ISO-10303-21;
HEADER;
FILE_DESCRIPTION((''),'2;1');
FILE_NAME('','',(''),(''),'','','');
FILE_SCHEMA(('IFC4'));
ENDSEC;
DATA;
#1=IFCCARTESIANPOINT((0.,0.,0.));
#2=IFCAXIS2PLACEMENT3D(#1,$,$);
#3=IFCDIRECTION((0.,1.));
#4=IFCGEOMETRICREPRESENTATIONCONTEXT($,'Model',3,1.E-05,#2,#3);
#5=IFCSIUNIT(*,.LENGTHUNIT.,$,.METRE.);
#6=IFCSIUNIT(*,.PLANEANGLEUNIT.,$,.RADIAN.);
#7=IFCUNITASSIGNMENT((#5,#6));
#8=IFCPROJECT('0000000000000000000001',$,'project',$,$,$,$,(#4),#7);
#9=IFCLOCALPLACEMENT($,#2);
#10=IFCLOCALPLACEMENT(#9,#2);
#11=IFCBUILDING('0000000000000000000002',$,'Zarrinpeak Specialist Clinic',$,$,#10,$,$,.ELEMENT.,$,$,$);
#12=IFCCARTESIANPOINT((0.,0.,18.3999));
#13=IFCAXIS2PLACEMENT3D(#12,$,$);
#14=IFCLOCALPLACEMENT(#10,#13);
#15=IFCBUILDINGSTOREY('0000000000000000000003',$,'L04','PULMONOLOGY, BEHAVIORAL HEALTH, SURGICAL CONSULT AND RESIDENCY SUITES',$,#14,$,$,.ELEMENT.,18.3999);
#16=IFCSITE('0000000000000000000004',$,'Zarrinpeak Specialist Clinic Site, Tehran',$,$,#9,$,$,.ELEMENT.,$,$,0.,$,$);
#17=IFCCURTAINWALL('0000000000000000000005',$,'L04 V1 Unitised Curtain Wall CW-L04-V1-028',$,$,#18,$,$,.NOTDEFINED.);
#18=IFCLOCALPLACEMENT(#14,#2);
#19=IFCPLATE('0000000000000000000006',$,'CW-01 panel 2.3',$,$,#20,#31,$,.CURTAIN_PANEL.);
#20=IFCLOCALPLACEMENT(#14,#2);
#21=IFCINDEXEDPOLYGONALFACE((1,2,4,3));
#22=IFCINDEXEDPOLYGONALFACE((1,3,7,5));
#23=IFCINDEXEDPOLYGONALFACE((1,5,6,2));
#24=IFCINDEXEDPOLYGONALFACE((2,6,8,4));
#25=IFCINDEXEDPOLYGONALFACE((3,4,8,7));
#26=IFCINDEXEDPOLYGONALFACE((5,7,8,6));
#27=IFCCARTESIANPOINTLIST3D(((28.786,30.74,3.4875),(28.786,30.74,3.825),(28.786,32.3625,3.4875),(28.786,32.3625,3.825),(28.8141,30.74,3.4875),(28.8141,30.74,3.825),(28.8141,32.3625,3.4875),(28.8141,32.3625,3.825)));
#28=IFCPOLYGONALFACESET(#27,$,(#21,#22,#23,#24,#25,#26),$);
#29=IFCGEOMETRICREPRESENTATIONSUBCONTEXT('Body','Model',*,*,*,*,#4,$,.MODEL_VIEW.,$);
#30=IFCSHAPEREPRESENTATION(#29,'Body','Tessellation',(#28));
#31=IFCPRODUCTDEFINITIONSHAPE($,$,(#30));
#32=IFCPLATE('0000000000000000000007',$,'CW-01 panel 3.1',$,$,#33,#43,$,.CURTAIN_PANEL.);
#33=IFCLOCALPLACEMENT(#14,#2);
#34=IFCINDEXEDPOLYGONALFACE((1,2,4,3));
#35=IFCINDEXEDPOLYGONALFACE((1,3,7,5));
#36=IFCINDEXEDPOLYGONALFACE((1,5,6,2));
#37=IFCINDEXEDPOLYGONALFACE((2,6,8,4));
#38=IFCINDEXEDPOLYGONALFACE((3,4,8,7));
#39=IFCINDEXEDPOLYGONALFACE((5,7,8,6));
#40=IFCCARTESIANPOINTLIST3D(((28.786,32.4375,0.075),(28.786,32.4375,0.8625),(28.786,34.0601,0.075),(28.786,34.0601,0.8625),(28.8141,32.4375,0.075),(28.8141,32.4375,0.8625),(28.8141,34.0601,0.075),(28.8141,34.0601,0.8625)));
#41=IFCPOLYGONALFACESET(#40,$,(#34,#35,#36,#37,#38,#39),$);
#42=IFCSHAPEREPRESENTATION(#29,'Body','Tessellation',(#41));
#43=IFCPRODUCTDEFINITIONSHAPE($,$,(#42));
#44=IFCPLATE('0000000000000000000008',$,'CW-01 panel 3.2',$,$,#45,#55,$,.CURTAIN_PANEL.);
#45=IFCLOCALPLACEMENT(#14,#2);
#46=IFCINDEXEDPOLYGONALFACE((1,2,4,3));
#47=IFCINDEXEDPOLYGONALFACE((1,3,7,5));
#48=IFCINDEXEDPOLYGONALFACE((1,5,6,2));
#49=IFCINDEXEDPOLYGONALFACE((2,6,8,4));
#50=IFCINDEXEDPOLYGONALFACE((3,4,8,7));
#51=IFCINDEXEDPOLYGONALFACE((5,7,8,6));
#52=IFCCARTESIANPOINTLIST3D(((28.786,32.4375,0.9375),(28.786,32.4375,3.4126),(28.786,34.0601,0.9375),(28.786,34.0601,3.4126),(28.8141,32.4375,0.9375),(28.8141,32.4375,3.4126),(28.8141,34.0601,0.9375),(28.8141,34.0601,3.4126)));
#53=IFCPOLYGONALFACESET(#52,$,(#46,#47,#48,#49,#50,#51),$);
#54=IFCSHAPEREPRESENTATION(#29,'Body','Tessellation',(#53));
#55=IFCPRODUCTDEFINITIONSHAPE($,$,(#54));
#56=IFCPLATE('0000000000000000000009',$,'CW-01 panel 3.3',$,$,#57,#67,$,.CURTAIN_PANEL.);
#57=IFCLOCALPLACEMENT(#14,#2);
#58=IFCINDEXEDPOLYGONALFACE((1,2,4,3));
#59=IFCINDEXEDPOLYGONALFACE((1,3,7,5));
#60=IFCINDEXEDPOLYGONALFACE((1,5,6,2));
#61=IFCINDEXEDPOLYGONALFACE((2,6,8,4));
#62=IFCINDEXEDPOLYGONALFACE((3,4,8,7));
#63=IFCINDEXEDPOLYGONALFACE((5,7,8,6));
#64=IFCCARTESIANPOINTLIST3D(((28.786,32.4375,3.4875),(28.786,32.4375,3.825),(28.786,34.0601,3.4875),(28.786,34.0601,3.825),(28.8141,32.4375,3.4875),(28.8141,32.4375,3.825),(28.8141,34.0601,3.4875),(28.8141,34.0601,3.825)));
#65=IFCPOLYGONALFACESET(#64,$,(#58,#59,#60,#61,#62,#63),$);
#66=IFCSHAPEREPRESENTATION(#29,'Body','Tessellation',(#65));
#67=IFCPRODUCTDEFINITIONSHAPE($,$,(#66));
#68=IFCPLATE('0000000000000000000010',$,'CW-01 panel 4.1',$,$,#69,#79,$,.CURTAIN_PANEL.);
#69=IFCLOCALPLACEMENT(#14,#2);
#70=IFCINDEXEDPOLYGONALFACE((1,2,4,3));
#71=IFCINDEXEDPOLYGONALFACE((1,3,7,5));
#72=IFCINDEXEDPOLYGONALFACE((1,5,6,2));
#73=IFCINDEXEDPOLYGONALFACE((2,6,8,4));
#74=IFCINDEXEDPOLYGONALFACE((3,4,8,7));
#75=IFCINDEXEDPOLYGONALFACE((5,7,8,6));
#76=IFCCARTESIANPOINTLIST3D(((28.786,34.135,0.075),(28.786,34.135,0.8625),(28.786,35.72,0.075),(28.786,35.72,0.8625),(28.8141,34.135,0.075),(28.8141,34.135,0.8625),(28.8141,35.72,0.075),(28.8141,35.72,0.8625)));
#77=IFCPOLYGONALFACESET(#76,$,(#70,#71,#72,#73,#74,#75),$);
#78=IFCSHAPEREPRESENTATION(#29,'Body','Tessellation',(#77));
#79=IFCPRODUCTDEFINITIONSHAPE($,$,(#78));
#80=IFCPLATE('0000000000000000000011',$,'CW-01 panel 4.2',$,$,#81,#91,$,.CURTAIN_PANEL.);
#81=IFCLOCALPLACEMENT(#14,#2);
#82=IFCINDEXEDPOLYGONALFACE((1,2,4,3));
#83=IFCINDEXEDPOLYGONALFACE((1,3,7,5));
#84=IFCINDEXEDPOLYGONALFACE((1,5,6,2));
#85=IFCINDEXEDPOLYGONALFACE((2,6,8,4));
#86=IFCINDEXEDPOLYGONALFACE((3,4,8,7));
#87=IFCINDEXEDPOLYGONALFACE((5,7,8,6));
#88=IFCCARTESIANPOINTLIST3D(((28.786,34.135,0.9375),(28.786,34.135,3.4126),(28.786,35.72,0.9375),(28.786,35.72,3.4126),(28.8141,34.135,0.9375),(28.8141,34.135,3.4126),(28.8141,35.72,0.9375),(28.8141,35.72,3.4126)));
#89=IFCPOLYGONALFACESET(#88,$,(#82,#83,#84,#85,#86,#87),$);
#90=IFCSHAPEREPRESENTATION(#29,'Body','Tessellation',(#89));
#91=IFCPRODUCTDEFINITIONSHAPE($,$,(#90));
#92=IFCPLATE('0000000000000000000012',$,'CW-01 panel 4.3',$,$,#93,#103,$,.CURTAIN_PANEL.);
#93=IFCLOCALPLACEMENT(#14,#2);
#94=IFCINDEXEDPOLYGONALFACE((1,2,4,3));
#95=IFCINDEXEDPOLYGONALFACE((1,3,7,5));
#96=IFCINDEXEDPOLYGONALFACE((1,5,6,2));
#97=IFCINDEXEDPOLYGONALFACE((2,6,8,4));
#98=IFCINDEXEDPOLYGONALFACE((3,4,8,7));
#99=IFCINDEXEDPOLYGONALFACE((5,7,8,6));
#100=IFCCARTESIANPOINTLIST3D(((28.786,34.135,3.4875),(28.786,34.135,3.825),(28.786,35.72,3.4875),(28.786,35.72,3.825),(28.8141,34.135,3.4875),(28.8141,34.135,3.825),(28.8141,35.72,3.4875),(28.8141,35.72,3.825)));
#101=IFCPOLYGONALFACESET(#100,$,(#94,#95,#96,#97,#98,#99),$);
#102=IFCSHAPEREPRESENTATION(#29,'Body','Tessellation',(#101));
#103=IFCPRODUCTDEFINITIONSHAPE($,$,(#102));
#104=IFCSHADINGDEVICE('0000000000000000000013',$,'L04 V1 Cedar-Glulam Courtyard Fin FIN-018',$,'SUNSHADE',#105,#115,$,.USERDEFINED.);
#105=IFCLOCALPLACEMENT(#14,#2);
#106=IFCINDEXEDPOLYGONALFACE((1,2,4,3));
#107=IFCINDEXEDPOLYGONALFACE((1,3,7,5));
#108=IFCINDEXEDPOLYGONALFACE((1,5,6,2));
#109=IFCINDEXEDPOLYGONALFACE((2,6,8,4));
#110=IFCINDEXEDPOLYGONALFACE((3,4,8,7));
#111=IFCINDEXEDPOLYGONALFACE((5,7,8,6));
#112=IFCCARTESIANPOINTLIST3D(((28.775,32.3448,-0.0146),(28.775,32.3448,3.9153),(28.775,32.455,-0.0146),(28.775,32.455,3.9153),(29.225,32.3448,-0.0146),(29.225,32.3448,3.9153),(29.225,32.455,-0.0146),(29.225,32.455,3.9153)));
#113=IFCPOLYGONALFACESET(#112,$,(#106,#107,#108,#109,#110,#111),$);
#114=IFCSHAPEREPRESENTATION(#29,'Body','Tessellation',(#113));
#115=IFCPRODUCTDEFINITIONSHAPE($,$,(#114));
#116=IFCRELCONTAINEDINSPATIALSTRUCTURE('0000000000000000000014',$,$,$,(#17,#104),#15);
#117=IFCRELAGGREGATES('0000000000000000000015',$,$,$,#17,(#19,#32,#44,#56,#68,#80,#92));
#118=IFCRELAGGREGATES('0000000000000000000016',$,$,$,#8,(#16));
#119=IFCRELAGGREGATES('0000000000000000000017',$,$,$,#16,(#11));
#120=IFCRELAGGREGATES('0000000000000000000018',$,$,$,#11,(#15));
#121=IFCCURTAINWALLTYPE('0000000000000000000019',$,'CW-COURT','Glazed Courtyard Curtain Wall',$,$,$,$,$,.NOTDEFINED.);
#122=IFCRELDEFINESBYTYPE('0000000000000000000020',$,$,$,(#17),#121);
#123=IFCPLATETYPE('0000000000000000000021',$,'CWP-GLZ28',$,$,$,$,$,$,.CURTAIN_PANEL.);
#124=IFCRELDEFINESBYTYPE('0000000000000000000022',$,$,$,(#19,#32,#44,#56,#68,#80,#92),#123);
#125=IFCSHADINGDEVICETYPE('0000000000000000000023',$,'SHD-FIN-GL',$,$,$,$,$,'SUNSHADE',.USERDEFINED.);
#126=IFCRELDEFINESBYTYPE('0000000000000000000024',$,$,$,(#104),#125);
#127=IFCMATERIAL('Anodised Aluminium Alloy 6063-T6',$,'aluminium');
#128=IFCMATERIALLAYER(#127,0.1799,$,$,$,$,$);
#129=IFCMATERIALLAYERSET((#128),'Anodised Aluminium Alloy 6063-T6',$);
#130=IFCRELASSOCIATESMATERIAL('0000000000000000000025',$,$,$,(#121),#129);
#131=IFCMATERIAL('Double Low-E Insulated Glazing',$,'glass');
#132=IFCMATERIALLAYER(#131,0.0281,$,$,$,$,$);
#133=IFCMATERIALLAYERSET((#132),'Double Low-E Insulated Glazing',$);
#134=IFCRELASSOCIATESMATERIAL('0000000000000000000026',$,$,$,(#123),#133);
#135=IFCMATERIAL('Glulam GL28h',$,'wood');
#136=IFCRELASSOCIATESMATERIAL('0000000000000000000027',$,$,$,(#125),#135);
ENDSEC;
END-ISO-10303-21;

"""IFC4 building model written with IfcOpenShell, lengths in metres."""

from ifc_helpers import new_model, si_unit, direction, frame, origin, origin_2d, place, context, subcontext, project, spatial, rectangle, extrude, material, layer, layer_set, type_object, element, aggregate, save


model = new_model("IFC4")

# Units and contexts
model_context = context("Model", 3, precision=1e-05, world=origin(), true_north=direction((0.0, 1.0)))
body_context = subcontext(model_context, "Body", "Model", "MODEL_VIEW")
ifc_project = project(units=[si_unit("LENGTHUNIT", "METRE"), si_unit("PLANEANGLEUNIT", "RADIAN")], contexts=[model_context])

# Site, building, storey
site_placement = place(None, origin())
site = spatial("IfcSite", under=ifc_project, at=site_placement, Name="Zarrinpeak Specialist Clinic Site, Tehran", CompositionType="ELEMENT", RefElevation=0.0)
building_placement = place(site_placement, origin())
building = spatial("IfcBuilding", under=site, at=building_placement, Name="Zarrinpeak Specialist Clinic", CompositionType="ELEMENT")
storey_placement = place(building_placement, frame((0.0, 0.0, 18.3999)))
storey = spatial("IfcBuildingStorey", under=building, at=storey_placement, Name="L04", Description="PULMONOLOGY, BEHAVIORAL HEALTH, SURGICAL CONSULT AND RESIDENCY SUITES", CompositionType="ELEMENT", Elevation=18.3999)

# Curtain wall, plates
ifc_material_1 = material(Name="Anodised Aluminium Alloy 6063-T6", Category="aluminium")
ifc_layer_1 = layer(ifc_material_1, 0.1799)
ifc_layer_set_1 = layer_set([ifc_layer_1], Name="Anodised Aluminium Alloy 6063-T6")
curtain_wall_type = type_object("IfcCurtainWallType", Name="CW-COURT", Description="Glazed Courtyard Curtain Wall", PredefinedType="NOTDEFINED", material=ifc_layer_set_1)
curtain_wall_placement = place(storey_placement, origin())
curtain_wall = element("IfcCurtainWall", 1, at=curtain_wall_placement, inside=storey, type_object=curtain_wall_type, Name="L04 V1 Unitised Curtain Wall CW-L04-V1-028", PredefinedType="NOTDEFINED")
ifc_material_2 = material(Name="Double Low-E Insulated Glazing", Category="glass")
ifc_layer_2 = layer(ifc_material_2, 0.0281)
ifc_layer_set_2 = layer_set([ifc_layer_2], Name="Double Low-E Insulated Glazing")
plate_type = type_object("IfcPlateType", Name="CWP-GLZ28", PredefinedType="CURTAIN_PANEL", material=ifc_layer_set_2)
plate_1_placement = place(storey_placement, frame((28.8, 31.5513, 3.4875), z_axis=(0.0, 0.0, 1.0), x_axis=(0.0, 1.0, 0.0)))
plate_1 = element("IfcPlate", 2, at=plate_1_placement, type_object=plate_type, Name="CW-01 panel 2.3", PredefinedType="CURTAIN_PANEL", context=body_context, shape_type="SweptSolid", body=[
    extrude(rectangle(XDim=1.6226, YDim=0.0281, at=origin_2d()), origin(), (0.0, 0.0, 1.0), 0.3374),
])
plate_2_placement = place(storey_placement, frame((28.8, 33.2488, 0.075), z_axis=(0.0, 0.0, 1.0), x_axis=(0.0, 1.0, 0.0)))
plate_2 = element("IfcPlate", 3, at=plate_2_placement, type_object=plate_type, Name="CW-01 panel 3.1", PredefinedType="CURTAIN_PANEL", context=body_context, shape_type="SweptSolid", body=[
    extrude(rectangle(XDim=1.6226, YDim=0.0281, at=origin_2d()), origin(), (0.0, 0.0, 1.0), 0.7876),
])
plate_3_placement = place(storey_placement, frame((28.8, 33.2488, 0.9375), z_axis=(0.0, 0.0, 1.0), x_axis=(0.0, 1.0, 0.0)))
plate_3 = element("IfcPlate", 4, at=plate_3_placement, type_object=plate_type, Name="CW-01 panel 3.2", PredefinedType="CURTAIN_PANEL", context=body_context, shape_type="SweptSolid", body=[
    extrude(rectangle(XDim=1.6226, YDim=0.0281, at=origin_2d()), origin(), (0.0, 0.0, 1.0), 2.4751),
])
plate_4_placement = place(storey_placement, frame((28.8, 33.2488, 3.4875), z_axis=(0.0, 0.0, 1.0), x_axis=(0.0, 1.0, 0.0)))
plate_4 = element("IfcPlate", 5, at=plate_4_placement, type_object=plate_type, Name="CW-01 panel 3.3", PredefinedType="CURTAIN_PANEL", context=body_context, shape_type="SweptSolid", body=[
    extrude(rectangle(XDim=1.6226, YDim=0.0281, at=origin_2d()), origin(), (0.0, 0.0, 1.0), 0.3374),
])
plate_5_placement = place(storey_placement, frame((28.8, 34.9275, 0.075), z_axis=(0.0, 0.0, 1.0), x_axis=(0.0, 1.0, 0.0)))
plate_5 = element("IfcPlate", 6, at=plate_5_placement, type_object=plate_type, Name="CW-01 panel 4.1", PredefinedType="CURTAIN_PANEL", context=body_context, shape_type="SweptSolid", body=[
    extrude(rectangle(XDim=1.585, YDim=0.0281, at=origin_2d()), origin(), (0.0, 0.0, 1.0), 0.7876),
])
plate_6_placement = place(storey_placement, frame((28.8, 34.9275, 0.9375), z_axis=(0.0, 0.0, 1.0), x_axis=(0.0, 1.0, 0.0)))
plate_6 = element("IfcPlate", 7, at=plate_6_placement, type_object=plate_type, Name="CW-01 panel 4.2", PredefinedType="CURTAIN_PANEL", context=body_context, shape_type="SweptSolid", body=[
    extrude(rectangle(XDim=1.585, YDim=0.0281, at=origin_2d()), origin(), (0.0, 0.0, 1.0), 2.4751),
])
plate_7_placement = place(storey_placement, frame((28.8, 34.9275, 3.4875), z_axis=(0.0, 0.0, 1.0), x_axis=(0.0, 1.0, 0.0)))
plate_7 = element("IfcPlate", 8, at=plate_7_placement, type_object=plate_type, Name="CW-01 panel 4.3", PredefinedType="CURTAIN_PANEL", context=body_context, shape_type="SweptSolid", body=[
    extrude(rectangle(XDim=1.585, YDim=0.0281, at=origin_2d()), origin(), (0.0, 0.0, 1.0), 0.3374),
])
aggregate(curtain_wall, [plate_1, plate_2, plate_3, plate_4, plate_5, plate_6, plate_7])

# Shading device
ifc_material_3 = material(Name="Glulam GL28h", Category="wood")
shading_device_type = type_object("IfcShadingDeviceType", Name="SHD-FIN-GL", ElementType="SUNSHADE", PredefinedType="USERDEFINED", material=ifc_material_3)
shading_device_placement = place(storey_placement, frame((29.0, 32.3999, -0.0146), z_axis=(0.0, 0.0, 1.0), x_axis=(1.0, 0.0, 0.0)))
element("IfcShadingDevice", 9, at=shading_device_placement, inside=storey, type_object=shading_device_type, Name="L04 V1 Cedar-Glulam Courtyard Fin FIN-018", ObjectType="SUNSHADE", PredefinedType="USERDEFINED", context=body_context, shape_type="SweptSolid", body=[
    extrude(rectangle(XDim=0.45, YDim=0.1101, at=origin_2d()), origin(), (0.0, 0.0, 1.0), 3.9299),
])

save(model, "model.ifc")
